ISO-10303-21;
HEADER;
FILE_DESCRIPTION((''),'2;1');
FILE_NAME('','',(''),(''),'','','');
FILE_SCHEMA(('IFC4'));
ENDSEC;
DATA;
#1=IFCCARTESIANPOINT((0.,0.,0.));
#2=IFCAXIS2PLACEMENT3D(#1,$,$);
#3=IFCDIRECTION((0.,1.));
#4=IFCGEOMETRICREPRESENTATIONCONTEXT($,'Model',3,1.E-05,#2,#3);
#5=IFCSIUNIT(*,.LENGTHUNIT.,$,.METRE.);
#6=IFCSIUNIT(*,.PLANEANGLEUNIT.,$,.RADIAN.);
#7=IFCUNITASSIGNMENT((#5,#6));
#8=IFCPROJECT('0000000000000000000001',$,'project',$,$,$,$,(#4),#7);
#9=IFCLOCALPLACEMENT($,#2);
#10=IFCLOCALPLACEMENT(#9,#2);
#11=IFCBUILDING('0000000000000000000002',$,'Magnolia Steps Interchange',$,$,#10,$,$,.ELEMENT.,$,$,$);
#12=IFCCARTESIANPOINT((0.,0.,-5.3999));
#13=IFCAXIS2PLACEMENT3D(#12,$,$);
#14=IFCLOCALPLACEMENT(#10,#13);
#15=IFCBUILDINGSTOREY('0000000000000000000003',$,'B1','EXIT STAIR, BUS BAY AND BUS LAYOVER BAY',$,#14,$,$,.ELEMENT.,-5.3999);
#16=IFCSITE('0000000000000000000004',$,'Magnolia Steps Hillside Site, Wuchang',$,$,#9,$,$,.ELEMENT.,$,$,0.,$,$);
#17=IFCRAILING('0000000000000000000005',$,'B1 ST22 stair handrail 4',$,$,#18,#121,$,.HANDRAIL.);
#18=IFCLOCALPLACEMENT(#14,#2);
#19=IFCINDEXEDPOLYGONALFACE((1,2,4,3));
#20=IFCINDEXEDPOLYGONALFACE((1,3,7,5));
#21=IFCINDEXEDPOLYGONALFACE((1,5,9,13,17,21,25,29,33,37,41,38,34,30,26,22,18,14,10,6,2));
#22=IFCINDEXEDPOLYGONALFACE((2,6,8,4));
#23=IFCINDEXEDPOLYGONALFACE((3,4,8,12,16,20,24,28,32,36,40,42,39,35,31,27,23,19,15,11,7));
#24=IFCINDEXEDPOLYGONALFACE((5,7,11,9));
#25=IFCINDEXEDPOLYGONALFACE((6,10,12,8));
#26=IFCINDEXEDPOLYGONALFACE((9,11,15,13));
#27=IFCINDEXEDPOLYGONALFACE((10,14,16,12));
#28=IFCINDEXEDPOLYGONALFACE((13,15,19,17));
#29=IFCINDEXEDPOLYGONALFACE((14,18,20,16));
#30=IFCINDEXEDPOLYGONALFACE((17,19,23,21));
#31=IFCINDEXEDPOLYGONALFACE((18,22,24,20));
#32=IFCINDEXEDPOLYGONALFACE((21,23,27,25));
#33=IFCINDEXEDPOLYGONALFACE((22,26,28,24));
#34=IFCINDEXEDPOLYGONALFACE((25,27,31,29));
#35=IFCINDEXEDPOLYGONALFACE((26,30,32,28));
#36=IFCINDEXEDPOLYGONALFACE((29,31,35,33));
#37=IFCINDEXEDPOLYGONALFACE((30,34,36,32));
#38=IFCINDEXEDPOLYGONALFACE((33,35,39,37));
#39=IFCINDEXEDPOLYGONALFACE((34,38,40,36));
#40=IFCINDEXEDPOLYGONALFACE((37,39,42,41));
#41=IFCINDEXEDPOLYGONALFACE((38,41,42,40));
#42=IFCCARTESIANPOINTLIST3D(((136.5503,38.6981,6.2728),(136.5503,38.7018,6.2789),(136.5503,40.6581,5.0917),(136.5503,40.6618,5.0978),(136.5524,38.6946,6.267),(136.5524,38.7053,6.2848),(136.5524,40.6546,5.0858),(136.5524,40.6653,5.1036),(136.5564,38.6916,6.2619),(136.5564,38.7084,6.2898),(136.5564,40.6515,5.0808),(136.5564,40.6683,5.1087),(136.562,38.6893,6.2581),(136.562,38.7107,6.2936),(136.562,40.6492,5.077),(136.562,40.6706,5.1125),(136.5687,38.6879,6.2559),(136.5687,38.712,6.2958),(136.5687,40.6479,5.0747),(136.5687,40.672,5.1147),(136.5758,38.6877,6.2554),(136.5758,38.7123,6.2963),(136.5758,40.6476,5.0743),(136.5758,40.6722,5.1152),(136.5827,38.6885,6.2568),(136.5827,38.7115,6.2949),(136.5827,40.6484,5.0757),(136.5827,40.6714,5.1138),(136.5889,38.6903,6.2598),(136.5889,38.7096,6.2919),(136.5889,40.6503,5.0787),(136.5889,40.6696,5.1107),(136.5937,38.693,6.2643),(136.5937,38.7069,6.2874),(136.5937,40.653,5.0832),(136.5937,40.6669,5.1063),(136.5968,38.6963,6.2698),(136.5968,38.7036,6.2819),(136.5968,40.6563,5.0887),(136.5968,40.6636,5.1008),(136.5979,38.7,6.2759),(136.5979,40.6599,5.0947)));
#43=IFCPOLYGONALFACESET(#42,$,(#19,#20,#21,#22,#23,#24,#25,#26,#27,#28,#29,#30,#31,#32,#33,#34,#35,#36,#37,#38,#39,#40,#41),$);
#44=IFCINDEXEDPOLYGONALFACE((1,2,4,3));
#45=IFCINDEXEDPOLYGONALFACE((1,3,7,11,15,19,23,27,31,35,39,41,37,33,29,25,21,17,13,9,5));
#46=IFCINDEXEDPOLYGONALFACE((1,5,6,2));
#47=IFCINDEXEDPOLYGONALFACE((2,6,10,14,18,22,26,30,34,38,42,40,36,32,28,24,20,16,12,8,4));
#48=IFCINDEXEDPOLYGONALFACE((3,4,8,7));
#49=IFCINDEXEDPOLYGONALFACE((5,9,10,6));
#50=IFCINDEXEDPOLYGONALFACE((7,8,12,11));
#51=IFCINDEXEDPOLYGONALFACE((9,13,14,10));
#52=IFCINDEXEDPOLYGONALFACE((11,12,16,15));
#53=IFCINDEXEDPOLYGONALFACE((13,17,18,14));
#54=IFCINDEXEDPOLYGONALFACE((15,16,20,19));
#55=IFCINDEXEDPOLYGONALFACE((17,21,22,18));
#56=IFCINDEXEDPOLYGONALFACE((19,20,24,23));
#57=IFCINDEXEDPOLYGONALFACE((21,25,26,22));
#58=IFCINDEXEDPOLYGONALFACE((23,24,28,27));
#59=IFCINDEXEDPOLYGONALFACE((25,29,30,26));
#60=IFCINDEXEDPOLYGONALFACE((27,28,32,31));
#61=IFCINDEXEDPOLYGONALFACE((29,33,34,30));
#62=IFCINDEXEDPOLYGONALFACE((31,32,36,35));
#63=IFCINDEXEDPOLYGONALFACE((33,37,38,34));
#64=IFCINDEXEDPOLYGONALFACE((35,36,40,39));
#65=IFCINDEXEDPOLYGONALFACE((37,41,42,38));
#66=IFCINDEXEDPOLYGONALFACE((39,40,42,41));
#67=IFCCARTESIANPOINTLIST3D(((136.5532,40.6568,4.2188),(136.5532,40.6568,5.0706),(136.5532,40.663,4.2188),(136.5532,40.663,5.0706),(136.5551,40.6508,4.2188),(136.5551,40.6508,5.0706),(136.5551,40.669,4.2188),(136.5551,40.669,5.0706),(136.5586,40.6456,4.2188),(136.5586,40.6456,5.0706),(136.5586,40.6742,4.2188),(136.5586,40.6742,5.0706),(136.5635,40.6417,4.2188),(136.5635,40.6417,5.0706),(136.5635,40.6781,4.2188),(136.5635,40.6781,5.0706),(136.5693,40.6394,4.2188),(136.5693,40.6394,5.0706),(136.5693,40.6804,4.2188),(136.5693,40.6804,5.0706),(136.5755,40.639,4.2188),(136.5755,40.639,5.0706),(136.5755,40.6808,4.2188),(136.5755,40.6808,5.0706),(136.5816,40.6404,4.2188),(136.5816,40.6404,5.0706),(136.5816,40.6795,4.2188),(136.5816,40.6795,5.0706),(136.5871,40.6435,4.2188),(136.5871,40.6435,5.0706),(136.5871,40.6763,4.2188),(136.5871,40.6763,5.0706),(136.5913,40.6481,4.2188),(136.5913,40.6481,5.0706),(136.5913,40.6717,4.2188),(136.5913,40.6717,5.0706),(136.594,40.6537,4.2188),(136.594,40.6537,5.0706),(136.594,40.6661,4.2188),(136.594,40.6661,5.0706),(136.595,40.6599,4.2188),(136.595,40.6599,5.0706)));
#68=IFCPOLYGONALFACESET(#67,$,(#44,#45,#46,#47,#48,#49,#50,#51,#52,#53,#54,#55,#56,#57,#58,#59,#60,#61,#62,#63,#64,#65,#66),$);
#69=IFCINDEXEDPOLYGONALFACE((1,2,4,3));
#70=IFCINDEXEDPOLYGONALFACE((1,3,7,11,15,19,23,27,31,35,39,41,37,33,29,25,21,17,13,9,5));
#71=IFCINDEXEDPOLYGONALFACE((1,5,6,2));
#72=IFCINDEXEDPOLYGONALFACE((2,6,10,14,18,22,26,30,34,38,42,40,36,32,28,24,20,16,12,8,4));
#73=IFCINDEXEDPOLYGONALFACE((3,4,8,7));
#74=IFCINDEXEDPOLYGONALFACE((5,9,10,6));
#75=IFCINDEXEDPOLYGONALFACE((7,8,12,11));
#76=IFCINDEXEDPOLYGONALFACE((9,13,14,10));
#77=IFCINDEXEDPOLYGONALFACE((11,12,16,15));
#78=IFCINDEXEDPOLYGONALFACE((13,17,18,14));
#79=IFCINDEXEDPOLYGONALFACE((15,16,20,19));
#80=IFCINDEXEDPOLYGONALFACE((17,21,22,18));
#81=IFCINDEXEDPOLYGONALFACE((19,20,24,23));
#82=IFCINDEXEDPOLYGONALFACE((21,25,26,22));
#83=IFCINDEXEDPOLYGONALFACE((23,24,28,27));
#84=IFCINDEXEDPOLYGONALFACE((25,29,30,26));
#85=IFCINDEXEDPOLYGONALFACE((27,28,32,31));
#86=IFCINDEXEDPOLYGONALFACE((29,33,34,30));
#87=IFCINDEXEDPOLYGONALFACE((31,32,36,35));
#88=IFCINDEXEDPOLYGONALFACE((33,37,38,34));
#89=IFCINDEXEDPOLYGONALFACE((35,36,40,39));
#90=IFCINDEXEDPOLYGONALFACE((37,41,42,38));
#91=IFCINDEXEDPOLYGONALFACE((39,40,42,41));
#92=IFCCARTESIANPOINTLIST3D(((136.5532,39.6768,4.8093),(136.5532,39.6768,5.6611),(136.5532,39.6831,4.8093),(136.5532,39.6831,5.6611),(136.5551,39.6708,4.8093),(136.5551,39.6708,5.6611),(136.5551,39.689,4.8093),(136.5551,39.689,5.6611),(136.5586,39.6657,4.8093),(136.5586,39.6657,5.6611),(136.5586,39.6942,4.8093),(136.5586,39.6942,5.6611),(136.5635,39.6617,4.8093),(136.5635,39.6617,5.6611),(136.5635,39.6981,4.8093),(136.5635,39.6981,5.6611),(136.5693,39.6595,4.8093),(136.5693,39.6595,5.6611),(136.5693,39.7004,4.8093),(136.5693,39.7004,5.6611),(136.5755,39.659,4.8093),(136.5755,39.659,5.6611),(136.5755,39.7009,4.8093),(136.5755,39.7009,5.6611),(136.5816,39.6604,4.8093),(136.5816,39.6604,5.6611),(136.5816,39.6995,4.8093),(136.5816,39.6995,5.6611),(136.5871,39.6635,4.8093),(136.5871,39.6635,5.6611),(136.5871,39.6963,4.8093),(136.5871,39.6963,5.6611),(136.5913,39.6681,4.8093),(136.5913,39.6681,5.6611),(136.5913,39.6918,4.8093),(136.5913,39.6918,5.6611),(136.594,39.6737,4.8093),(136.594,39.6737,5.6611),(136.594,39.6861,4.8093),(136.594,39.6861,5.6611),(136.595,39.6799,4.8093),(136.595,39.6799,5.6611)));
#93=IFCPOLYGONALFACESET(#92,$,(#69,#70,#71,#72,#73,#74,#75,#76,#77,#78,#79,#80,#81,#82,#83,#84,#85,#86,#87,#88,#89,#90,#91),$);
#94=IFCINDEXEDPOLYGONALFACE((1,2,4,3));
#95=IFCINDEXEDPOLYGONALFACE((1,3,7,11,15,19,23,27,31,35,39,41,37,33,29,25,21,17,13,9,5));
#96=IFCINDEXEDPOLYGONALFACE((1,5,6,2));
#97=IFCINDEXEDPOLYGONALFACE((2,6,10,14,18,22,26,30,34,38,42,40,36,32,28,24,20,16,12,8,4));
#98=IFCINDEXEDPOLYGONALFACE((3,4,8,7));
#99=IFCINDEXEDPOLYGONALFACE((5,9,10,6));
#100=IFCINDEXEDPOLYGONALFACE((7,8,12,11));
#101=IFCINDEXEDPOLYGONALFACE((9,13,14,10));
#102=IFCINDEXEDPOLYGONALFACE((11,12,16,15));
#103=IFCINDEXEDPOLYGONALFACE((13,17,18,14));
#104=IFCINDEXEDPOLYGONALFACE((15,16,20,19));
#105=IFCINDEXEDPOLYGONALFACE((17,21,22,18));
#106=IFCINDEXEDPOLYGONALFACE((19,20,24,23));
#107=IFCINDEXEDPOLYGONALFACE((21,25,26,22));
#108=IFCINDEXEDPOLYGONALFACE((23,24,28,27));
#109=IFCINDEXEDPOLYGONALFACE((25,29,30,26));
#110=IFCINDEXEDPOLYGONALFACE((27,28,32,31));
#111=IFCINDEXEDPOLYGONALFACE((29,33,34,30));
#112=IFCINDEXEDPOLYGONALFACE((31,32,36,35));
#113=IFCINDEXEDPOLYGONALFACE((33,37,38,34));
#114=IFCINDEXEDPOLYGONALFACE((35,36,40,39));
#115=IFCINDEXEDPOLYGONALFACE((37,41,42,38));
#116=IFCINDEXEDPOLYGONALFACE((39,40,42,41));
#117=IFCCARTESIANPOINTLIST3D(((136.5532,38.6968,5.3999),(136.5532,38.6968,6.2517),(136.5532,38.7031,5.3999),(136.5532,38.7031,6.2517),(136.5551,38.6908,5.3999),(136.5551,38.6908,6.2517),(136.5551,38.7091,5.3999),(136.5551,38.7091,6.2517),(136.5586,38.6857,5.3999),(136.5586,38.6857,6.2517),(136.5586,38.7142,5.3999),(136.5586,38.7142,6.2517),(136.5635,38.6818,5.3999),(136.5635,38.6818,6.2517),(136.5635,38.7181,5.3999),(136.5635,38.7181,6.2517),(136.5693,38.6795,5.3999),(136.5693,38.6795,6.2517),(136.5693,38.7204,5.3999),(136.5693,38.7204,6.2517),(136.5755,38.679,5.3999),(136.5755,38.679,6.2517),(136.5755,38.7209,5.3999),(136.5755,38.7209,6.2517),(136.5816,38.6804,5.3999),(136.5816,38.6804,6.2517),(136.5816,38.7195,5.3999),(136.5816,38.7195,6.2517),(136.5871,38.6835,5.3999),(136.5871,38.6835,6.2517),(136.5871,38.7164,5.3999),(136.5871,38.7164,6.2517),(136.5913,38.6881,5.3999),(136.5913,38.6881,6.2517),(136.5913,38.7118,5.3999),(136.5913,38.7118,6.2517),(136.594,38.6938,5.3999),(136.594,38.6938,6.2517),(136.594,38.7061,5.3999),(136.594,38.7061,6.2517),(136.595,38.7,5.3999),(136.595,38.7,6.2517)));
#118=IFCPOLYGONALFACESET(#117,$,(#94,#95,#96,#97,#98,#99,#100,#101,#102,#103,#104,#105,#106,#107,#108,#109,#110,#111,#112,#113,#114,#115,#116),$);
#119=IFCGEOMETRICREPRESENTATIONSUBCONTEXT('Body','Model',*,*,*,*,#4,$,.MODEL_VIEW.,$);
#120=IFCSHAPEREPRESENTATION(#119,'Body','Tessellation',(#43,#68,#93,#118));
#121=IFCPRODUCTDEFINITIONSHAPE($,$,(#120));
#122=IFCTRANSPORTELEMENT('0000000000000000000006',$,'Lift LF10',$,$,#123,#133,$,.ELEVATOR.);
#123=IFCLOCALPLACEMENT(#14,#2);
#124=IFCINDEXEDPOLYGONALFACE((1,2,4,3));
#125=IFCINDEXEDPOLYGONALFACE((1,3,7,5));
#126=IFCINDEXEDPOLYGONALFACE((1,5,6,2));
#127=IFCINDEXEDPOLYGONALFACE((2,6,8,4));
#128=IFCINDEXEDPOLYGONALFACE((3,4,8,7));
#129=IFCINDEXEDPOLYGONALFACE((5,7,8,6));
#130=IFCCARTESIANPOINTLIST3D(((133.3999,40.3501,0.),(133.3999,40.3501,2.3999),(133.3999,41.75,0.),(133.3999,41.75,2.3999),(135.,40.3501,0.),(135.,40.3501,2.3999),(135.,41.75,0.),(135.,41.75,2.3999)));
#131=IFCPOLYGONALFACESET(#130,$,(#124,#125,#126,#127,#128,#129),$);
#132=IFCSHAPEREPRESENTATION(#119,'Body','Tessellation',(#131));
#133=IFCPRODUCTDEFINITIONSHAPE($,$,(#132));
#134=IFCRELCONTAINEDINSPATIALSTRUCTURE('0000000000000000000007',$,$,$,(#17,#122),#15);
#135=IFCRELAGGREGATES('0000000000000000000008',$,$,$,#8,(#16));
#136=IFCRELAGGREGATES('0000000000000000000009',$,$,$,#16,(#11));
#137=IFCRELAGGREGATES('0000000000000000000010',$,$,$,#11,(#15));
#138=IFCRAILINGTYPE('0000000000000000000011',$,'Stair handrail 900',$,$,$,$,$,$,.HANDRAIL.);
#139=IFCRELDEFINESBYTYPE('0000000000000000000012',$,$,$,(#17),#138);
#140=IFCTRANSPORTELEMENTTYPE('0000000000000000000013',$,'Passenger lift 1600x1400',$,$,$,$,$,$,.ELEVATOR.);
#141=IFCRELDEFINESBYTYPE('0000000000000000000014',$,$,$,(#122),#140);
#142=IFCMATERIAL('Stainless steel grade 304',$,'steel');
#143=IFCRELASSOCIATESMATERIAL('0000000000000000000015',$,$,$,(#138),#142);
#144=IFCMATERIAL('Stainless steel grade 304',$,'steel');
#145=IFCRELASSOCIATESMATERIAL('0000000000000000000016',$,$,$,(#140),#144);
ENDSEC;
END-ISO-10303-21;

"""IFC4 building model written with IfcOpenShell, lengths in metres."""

from ifc_helpers import new_model, si_unit, direction, frame, origin, origin_2d, place, context, subcontext, project, spatial, rectangle, circle, extrude, material, type_object, element, save


model = new_model("IFC4")

# Units and contexts
model_context = context("Model", 3, precision=1e-05, world=origin(), true_north=direction((0.0, 1.0)))
body_context = subcontext(model_context, "Body", "Model", "MODEL_VIEW")
ifc_project = project(units=[si_unit("LENGTHUNIT", "METRE"), si_unit("PLANEANGLEUNIT", "RADIAN")], contexts=[model_context])

# Site, building, storey
site_placement = place(None, origin())
site = spatial("IfcSite", under=ifc_project, at=site_placement, Name="Magnolia Steps Hillside Site, Wuchang", CompositionType="ELEMENT", RefElevation=0.0)
building_placement = place(site_placement, origin())
building = spatial("IfcBuilding", under=site, at=building_placement, Name="Magnolia Steps Interchange", CompositionType="ELEMENT")
storey_placement = place(building_placement, frame((0.0, 0.0, -5.3999)))
storey = spatial("IfcBuildingStorey", under=building, at=storey_placement, Name="B1", Description="EXIT STAIR, BUS BAY AND BUS LAYOVER BAY", CompositionType="ELEMENT", Elevation=-5.3999)

# Railing
ifc_material_1 = material(Name="Stainless steel grade 304", Category="steel")
railing_type_1 = type_object("IfcRailingType", Name="Stair handrail 900", PredefinedType="HANDRAIL", material=ifc_material_1)
railing_1_placement = place(storey_placement, frame((136.574, 40.6599, 4.2188)))
element("IfcRailing", 1, at=railing_1_placement, inside=storey, type_object=railing_type_1, Name="B1 ST22 stair handrail 4", PredefinedType="HANDRAIL", context=body_context, shape_type="SweptSolid", body=[
    extrude(circle(Radius=0.0239, at=origin_2d()), frame((0.0, 0.0, 0.876), z_axis=(0.0, -0.856493, 0.516158), x_axis=(1.0, 0.0, 0.0)), (0.0, 0.0, 1.0), 2.2883),
    extrude(circle(Radius=0.021, at=origin_2d()), origin(), (0.0, 0.0, 1.0), 0.8518),
    extrude(circle(Radius=0.021, at=origin_2d()), frame((0.0, -0.98, 0.5906)), (0.0, 0.0, 1.0), 0.8518),
    extrude(circle(Radius=0.021, at=origin_2d()), frame((0.0, -1.96, 1.1812)), (0.0, 0.0, 1.0), 0.8518),
])

# Transport element
ifc_material_2 = material(Name="Stainless steel grade 304", Category="steel")
transport_element_type = type_object("IfcTransportElementType", Name="Passenger lift 1600x1400", PredefinedType="ELEVATOR", material=ifc_material_2)
transport_element_placement = place(storey_placement, frame((134.2, 41.05, 0.0), z_axis=(0.0, 0.0, 1.0), x_axis=(1.0, 0.0, 0.0)))
element("IfcTransportElement", 2, at=transport_element_placement, inside=storey, type_object=transport_element_type, Name="Lift LF10", PredefinedType="ELEVATOR", context=body_context, shape_type="SweptSolid", body=[
    extrude(rectangle(XDim=1.6001, YDim=1.3999, at=origin_2d()), origin(), (0.0, 0.0, 1.0), 2.3999),
])

save(model, "model.ifc")
